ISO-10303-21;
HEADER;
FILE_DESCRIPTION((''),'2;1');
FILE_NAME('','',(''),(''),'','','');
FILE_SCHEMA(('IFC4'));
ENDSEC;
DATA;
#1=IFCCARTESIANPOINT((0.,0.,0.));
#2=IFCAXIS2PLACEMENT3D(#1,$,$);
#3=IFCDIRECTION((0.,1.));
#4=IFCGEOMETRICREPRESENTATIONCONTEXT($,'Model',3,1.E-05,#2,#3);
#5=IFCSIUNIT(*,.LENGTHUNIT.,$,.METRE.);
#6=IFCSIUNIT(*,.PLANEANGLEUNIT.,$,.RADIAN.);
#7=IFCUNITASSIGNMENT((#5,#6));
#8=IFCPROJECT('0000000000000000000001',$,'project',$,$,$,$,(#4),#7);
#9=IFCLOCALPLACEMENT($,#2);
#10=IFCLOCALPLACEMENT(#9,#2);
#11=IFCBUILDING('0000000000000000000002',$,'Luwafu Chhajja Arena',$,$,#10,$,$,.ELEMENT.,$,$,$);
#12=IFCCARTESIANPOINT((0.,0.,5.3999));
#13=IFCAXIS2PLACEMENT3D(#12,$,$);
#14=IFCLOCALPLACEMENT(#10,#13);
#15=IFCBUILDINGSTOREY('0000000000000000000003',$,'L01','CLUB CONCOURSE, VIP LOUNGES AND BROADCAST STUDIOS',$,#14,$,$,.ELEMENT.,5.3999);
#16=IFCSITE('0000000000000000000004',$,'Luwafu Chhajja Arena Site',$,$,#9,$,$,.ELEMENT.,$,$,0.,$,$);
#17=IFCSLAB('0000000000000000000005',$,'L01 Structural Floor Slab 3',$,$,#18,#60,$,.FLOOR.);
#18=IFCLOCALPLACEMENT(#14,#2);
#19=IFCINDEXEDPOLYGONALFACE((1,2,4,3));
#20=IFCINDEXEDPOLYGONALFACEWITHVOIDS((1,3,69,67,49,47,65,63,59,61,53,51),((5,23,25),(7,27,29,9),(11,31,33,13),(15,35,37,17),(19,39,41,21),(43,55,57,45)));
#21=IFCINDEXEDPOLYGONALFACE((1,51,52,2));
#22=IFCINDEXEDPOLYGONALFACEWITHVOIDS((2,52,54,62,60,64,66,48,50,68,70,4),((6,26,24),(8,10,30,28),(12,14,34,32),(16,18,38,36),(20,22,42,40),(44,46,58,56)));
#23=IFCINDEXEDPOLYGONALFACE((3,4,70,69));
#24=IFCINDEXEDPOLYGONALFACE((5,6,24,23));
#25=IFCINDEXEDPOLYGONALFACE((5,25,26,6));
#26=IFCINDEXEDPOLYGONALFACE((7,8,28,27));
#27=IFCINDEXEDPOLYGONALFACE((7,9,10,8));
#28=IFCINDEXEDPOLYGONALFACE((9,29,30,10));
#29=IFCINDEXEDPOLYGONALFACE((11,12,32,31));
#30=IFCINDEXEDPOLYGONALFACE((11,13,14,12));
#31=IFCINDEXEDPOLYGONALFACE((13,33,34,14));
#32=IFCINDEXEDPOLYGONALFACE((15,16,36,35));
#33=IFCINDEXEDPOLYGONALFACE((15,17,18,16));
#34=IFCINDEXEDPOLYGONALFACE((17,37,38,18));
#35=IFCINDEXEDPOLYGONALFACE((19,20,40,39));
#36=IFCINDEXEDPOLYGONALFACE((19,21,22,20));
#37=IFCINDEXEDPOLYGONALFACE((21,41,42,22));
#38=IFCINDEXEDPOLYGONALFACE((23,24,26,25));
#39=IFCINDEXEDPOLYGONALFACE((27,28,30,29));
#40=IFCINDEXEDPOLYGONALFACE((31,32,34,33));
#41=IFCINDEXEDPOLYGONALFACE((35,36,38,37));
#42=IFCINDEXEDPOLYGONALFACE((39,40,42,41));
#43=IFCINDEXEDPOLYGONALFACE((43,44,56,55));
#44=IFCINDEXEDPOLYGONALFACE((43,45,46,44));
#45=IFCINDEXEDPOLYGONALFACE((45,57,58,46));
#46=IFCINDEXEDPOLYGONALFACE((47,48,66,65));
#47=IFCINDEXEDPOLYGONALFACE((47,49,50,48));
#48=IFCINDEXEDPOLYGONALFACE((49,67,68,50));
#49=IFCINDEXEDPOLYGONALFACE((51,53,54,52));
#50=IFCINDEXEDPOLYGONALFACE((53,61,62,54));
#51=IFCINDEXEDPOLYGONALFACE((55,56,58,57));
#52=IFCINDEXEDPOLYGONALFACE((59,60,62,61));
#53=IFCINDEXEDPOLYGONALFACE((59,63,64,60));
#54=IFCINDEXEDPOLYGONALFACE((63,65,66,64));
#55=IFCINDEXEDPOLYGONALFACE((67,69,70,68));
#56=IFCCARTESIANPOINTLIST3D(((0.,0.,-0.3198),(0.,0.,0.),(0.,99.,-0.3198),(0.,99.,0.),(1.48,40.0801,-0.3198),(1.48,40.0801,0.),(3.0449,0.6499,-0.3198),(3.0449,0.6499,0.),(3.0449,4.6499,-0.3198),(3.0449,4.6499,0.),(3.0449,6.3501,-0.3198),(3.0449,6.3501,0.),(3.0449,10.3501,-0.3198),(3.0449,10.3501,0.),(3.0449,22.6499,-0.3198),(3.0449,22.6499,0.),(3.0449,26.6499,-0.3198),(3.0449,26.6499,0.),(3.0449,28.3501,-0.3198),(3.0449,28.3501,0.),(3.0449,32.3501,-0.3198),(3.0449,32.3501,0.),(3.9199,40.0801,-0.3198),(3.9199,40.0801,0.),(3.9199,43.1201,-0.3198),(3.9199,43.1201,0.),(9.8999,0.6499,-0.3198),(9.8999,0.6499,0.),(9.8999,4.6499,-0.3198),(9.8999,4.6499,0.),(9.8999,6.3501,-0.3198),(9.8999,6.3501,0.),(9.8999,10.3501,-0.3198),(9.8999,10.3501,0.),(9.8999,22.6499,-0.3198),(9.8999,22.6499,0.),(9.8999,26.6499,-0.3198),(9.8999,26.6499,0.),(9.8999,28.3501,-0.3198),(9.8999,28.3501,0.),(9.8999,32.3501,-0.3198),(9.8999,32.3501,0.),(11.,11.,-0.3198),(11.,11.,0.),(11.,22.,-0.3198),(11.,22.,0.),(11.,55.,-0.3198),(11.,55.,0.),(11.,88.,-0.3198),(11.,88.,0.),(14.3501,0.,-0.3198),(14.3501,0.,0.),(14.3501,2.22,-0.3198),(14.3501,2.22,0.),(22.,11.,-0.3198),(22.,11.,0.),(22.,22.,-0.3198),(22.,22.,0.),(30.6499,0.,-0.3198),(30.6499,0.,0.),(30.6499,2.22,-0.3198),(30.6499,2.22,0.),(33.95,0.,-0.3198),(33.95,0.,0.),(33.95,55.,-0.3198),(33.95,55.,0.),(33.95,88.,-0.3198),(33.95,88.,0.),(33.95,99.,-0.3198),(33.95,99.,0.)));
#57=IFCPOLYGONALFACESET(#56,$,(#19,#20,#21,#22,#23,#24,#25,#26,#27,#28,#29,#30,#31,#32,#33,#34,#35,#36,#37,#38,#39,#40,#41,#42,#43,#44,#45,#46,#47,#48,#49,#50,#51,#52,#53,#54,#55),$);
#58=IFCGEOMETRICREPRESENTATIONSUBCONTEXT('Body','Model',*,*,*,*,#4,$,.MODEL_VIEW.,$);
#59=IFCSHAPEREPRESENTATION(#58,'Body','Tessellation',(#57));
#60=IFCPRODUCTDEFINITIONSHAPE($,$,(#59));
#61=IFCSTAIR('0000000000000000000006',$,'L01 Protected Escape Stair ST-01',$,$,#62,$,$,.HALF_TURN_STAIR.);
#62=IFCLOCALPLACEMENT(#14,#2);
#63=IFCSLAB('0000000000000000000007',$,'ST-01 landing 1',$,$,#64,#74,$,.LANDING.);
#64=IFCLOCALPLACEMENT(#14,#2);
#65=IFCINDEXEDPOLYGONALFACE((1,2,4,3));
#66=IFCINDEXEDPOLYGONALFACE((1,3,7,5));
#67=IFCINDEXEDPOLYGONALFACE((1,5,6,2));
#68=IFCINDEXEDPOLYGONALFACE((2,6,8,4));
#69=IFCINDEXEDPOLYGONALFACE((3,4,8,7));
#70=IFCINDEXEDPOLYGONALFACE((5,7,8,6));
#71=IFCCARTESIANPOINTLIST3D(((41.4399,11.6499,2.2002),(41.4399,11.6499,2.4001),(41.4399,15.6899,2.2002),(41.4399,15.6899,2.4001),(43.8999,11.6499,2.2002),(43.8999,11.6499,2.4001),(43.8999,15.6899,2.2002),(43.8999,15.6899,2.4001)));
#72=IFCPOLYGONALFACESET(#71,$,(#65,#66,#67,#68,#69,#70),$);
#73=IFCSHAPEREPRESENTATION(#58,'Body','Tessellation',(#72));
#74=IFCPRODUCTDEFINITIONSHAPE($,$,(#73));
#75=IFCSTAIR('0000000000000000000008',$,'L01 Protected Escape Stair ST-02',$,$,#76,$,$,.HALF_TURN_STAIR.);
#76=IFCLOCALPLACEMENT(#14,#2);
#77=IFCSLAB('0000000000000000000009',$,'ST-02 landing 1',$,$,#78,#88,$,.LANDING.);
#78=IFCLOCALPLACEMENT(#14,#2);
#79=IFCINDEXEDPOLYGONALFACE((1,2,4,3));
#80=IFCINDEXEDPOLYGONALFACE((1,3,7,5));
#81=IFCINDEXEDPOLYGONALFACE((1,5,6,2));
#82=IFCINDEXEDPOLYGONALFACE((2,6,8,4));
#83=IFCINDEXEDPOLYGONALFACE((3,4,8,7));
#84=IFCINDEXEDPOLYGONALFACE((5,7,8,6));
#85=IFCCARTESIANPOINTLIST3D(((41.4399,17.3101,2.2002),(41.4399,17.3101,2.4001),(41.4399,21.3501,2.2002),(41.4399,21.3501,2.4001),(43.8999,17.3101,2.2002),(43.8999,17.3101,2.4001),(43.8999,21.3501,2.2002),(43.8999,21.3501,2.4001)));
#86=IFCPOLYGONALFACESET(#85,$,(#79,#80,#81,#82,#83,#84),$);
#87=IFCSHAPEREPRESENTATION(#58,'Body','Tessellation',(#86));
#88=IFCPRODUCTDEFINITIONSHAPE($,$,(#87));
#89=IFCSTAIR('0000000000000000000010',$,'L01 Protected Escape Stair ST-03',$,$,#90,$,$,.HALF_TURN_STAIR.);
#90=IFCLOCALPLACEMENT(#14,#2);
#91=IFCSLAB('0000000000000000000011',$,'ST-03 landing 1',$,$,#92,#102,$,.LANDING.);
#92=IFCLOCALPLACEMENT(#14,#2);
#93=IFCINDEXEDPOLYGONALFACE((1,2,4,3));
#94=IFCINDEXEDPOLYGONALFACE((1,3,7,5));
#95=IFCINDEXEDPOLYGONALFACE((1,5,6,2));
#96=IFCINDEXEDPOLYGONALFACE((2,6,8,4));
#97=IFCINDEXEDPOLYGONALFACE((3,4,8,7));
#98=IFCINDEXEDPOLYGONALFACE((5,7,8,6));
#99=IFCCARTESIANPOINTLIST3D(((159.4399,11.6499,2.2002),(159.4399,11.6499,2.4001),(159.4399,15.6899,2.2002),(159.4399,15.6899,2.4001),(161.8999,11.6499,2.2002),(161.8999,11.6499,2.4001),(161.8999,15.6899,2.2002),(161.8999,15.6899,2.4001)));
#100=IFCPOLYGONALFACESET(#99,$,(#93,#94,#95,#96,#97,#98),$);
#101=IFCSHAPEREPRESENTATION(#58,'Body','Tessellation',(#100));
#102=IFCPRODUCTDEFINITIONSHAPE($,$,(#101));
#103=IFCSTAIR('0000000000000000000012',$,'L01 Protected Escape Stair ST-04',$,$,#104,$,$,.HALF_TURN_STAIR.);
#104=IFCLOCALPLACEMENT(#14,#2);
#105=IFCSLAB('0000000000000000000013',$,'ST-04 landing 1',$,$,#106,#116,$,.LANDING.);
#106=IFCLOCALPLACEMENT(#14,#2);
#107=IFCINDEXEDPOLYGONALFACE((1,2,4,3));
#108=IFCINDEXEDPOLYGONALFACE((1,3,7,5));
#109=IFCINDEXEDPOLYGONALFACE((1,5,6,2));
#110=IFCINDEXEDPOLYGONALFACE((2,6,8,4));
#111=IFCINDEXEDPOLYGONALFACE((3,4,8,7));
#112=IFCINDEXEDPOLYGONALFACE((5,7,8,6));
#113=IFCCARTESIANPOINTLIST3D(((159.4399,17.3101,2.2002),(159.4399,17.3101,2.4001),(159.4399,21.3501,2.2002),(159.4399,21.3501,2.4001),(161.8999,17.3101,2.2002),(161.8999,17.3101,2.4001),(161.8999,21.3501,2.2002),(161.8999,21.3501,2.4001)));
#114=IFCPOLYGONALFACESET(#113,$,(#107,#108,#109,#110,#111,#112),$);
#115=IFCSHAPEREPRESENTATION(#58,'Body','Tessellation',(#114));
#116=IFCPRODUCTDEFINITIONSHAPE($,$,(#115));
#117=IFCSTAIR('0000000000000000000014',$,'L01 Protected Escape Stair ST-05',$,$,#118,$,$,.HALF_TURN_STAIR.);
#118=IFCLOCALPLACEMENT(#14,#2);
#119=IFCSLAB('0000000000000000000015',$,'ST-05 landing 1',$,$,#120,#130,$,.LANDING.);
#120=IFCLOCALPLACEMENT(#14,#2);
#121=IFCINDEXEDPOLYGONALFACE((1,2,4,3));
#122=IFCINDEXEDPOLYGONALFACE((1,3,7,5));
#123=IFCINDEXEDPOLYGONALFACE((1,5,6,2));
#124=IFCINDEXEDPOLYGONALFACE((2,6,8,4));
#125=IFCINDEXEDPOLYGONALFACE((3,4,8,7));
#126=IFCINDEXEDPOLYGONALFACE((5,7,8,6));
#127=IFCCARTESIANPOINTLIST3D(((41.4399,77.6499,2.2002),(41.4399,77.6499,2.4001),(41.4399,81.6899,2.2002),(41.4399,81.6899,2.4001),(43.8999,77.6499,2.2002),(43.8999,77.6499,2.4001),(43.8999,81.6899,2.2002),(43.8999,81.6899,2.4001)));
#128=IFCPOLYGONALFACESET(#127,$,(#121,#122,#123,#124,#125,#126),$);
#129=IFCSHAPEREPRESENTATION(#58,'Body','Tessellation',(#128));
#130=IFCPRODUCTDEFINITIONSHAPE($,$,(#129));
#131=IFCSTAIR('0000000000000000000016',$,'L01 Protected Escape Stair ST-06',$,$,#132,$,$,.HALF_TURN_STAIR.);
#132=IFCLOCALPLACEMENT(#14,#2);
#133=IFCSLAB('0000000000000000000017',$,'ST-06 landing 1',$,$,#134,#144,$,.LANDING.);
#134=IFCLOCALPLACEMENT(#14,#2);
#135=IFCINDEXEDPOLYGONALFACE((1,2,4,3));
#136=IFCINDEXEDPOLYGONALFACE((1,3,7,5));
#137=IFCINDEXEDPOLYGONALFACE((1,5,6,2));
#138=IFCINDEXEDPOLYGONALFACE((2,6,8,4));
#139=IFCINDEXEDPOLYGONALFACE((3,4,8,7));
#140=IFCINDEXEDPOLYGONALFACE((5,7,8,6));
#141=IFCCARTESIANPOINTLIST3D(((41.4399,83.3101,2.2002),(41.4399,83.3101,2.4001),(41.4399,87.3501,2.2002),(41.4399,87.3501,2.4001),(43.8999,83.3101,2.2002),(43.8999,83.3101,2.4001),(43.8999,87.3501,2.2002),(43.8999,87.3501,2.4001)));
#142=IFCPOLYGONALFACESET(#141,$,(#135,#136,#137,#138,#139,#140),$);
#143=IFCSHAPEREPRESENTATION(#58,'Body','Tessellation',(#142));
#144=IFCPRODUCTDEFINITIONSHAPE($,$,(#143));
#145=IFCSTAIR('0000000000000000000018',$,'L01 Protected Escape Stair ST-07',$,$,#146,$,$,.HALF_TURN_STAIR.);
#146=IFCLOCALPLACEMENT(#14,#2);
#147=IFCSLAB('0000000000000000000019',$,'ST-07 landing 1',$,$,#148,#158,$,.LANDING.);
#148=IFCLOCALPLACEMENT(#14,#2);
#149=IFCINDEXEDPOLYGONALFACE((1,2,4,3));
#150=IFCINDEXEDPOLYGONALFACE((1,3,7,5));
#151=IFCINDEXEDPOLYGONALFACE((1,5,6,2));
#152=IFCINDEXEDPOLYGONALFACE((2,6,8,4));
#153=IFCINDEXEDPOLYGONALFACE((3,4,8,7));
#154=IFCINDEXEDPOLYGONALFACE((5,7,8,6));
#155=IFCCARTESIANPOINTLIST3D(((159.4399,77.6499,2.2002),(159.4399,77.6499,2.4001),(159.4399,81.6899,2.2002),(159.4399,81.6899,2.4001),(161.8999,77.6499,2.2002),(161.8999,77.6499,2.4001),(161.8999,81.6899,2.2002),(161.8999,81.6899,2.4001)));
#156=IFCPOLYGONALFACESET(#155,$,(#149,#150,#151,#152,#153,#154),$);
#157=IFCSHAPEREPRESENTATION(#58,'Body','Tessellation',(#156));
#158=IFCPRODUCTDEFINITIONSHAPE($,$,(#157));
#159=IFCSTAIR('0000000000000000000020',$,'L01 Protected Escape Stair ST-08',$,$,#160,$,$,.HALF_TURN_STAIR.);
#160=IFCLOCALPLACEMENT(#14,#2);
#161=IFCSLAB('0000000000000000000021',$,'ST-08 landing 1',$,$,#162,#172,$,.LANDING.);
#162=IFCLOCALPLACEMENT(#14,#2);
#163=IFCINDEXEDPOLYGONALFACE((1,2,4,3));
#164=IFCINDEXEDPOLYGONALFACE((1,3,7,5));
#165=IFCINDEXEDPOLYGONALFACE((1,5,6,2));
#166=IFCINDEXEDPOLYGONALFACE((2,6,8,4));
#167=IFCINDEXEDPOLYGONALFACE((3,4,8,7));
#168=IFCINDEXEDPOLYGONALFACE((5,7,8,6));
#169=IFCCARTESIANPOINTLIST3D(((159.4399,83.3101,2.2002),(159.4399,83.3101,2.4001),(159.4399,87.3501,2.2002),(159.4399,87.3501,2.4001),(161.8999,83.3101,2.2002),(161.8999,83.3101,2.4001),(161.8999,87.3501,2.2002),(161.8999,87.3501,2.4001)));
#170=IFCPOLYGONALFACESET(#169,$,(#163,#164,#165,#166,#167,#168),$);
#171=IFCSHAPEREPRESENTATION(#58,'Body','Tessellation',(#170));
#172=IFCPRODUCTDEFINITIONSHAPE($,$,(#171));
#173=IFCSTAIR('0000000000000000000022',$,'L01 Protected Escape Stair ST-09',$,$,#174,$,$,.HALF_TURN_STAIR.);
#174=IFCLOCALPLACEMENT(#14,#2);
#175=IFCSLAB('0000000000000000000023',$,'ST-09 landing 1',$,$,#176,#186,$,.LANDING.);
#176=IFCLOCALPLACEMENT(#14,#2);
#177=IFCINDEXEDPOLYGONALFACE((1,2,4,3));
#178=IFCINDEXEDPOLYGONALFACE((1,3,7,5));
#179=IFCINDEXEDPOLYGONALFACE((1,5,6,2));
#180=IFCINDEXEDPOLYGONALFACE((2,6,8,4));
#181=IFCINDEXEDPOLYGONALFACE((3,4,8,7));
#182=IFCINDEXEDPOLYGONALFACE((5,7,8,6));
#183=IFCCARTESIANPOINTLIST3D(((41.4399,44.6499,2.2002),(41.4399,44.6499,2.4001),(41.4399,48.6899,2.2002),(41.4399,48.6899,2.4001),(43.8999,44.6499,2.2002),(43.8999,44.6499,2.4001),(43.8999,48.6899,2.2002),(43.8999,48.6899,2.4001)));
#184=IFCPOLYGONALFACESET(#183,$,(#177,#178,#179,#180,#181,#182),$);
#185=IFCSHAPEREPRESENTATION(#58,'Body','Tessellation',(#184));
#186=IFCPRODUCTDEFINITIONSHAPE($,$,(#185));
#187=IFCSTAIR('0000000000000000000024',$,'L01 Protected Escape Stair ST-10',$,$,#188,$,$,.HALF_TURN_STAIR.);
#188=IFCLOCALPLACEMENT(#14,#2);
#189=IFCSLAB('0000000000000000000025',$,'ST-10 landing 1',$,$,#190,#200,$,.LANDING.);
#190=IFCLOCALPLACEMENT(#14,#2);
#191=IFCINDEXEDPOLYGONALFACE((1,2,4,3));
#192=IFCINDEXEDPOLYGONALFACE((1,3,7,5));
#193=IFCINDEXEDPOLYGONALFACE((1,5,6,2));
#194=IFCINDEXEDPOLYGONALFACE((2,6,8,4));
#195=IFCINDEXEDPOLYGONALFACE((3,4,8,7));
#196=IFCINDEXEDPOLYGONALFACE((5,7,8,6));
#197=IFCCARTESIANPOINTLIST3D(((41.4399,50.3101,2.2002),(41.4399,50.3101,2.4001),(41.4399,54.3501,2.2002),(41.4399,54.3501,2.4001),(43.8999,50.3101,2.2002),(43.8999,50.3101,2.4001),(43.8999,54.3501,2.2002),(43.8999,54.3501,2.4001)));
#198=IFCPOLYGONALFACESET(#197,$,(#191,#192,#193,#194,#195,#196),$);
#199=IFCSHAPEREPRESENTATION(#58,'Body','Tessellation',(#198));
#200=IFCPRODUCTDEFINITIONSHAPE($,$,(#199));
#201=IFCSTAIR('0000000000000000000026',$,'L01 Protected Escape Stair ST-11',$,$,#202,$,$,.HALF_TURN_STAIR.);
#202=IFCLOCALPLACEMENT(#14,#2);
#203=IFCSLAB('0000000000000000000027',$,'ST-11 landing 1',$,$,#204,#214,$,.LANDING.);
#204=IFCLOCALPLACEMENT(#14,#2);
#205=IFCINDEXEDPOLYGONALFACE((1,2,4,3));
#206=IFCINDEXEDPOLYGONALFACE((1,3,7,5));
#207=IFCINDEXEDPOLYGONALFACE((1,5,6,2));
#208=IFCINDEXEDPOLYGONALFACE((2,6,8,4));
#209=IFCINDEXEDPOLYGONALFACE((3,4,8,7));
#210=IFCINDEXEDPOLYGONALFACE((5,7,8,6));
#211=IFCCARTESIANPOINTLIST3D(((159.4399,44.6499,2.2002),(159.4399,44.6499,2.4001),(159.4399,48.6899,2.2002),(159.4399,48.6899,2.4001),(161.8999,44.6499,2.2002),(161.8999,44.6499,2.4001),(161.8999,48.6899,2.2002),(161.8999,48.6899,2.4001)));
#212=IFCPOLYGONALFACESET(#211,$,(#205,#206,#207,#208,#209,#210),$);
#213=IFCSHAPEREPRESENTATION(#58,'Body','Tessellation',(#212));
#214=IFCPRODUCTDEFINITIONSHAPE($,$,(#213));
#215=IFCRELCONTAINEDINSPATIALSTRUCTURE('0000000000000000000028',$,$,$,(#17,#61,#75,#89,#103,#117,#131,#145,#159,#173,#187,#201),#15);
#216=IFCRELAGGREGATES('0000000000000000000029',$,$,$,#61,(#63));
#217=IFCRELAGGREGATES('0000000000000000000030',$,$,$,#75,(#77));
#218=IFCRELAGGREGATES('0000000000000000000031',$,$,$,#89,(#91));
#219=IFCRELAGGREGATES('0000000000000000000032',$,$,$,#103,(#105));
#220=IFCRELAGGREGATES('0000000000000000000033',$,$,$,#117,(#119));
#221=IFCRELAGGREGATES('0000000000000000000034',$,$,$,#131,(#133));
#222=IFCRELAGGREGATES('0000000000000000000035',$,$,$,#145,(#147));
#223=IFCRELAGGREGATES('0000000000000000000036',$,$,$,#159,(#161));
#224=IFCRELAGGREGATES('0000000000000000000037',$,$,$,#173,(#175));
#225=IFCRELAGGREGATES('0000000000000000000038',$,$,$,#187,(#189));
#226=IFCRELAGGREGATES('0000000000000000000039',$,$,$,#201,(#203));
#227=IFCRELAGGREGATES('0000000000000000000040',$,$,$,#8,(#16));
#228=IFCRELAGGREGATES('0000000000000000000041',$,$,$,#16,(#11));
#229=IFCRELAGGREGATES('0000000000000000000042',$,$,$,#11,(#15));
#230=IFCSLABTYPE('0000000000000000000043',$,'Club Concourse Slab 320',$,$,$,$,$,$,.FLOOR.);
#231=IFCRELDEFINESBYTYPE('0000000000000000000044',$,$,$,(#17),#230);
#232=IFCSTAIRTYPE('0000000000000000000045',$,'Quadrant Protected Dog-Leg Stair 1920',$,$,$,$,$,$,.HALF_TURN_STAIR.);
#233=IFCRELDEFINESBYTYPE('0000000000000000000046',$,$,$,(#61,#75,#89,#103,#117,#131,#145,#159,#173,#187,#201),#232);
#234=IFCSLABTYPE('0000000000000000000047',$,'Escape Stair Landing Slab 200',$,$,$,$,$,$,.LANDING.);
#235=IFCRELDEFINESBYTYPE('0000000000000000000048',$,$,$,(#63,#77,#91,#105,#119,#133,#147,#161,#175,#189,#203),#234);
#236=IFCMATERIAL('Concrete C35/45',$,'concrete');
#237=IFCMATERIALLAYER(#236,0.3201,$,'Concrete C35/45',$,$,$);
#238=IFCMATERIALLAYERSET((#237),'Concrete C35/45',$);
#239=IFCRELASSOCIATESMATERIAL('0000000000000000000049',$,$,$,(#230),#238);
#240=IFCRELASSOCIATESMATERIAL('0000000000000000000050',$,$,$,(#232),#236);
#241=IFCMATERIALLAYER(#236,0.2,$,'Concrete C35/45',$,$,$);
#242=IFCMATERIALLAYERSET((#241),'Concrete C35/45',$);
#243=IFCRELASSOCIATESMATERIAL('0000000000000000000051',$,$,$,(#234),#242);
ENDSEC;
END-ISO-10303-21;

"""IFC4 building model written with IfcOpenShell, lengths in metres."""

from ifc_helpers import new_model, si_unit, direction, frame, origin, place, context, subcontext, project, spatial, polyline, outline, extrude, material, layer, layer_set, type_object, element, aggregate, save


model = new_model("IFC4")

# Units and contexts
model_context = context("Model", 3, precision=1e-05, world=origin(), true_north=direction((0.0, 1.0)))
body_context = subcontext(model_context, "Body", "Model", "MODEL_VIEW")
ifc_project = project(units=[si_unit("LENGTHUNIT", "METRE"), si_unit("PLANEANGLEUNIT", "RADIAN")], contexts=[model_context])

# Site, building, storey
site_placement = place(None, origin())
site = spatial("IfcSite", under=ifc_project, at=site_placement, Name="Luwafu Chhajja Arena Site", CompositionType="ELEMENT", RefElevation=0.0)
building_placement = place(site_placement, origin())
building = spatial("IfcBuilding", under=site, at=building_placement, Name="Luwafu Chhajja Arena", CompositionType="ELEMENT")
storey_placement = place(building_placement, frame((0.0, 0.0, 5.3999)))
storey = spatial("IfcBuildingStorey", under=building, at=storey_placement, Name="L01", Description="CLUB CONCOURSE, VIP LOUNGES AND BROADCAST STUDIOS", CompositionType="ELEMENT", Elevation=5.3999)

# Slab
ifc_material_1 = material(Name="Concrete C35/45", Category="concrete")
ifc_layer_1 = layer(ifc_material_1, 0.3201, Name="Concrete C35/45")
ifc_layer_set_1 = layer_set([ifc_layer_1], Name="Concrete C35/45")
slab_type_1 = type_object("IfcSlabType", Name="Club Concourse Slab 320", PredefinedType="FLOOR", material=ifc_layer_set_1)
slab_1_placement = place(storey_placement, frame((0.0, 0.0, -0.3198)))
element("IfcSlab", 1, at=slab_1_placement, inside=storey, type_object=slab_type_1, Name="L01 Structural Floor Slab 3", PredefinedType="FLOOR", context=body_context, shape_type="SweptSolid", body=[
    extrude(outline(polyline([(30.6499, 0.0), (30.6499, 2.22), (14.3501, 2.22), (14.3501, 0.0), (0.0, 0.0), (0.0, 99.0), (33.95, 99.0), (33.95, 88.0), (11.0, 88.0), (11.0, 55.0), (33.95, 55.0), (33.95, 0.0), (30.6499, 0.0)]), holes=[polyline([(22.0, 22.0), (11.0, 22.0), (11.0, 11.0), (22.0, 11.0), (22.0, 22.0)]), polyline([(9.8999, 0.6499), (9.8999, 4.6499), (3.0449, 4.6499), (3.0449, 0.6499), (9.8999, 0.6499)]), polyline([(3.0449, 28.3501), (9.8999, 28.3501), (9.8999, 32.3501), (3.0449, 32.3501), (3.0449, 28.3501)]), polyline([(9.8999, 22.6499), (9.8999, 26.6499), (3.0449, 26.6499), (3.0449, 22.6499), (9.8999, 22.6499)]), polyline([(3.0449, 6.3501), (9.8999, 6.3501), (9.8999, 10.3501), (3.0449, 10.3501), (3.0449, 6.3501)]), polyline([(1.48, 40.0801), (3.9199, 40.0801), (3.9199, 43.1201), (1.48, 40.0801)])]), origin(), (0.0, 0.0, 1.0), 0.3198),
])

# Stairs, slabs
stair_type_1 = type_object("IfcStairType", Name="Quadrant Protected Dog-Leg Stair 1920", PredefinedType="HALF_TURN_STAIR", material=ifc_material_1)
stair_1_placement = place(storey_placement, origin())
stair_1 = element("IfcStair", 2, at=stair_1_placement, inside=storey, type_object=stair_type_1, Name="L01 Protected Escape Stair ST-01", PredefinedType="HALF_TURN_STAIR")
ifc_layer_2 = layer(ifc_material_1, 0.2, Name="Concrete C35/45")
ifc_layer_set_2 = layer_set([ifc_layer_2], Name="Concrete C35/45")
slab_type_2 = type_object("IfcSlabType", Name="Escape Stair Landing Slab 200", PredefinedType="LANDING", material=ifc_layer_set_2)
slab_2_placement = place(storey_placement, frame((0.0, 0.0, 2.2002)))
slab_2 = element("IfcSlab", 3, at=slab_2_placement, type_object=slab_type_2, Name="ST-01 landing 1", PredefinedType="LANDING", context=body_context, shape_type="SweptSolid", body=[
    extrude(outline(polyline([(41.4399, 11.6499), (43.8999, 11.6499), (43.8999, 15.6899), (41.4399, 15.6899), (41.4399, 11.6499)])), origin(), (0.0, 0.0, 1.0), 0.2),
])
aggregate(stair_1, [slab_2])
stair_2_placement = place(storey_placement, origin())
stair_2 = element("IfcStair", 4, at=stair_2_placement, inside=storey, type_object=stair_type_1, Name="L01 Protected Escape Stair ST-02", PredefinedType="HALF_TURN_STAIR")
slab_3_placement = place(storey_placement, frame((0.0, 0.0, 2.2002)))
slab_3 = element("IfcSlab", 5, at=slab_3_placement, type_object=slab_type_2, Name="ST-02 landing 1", PredefinedType="LANDING", context=body_context, shape_type="SweptSolid", body=[
    extrude(outline(polyline([(41.4399, 17.3101), (43.8999, 17.3101), (43.8999, 21.3501), (41.4399, 21.3501), (41.4399, 17.3101)])), origin(), (0.0, 0.0, 1.0), 0.2),
])
aggregate(stair_2, [slab_3])
stair_3_placement = place(storey_placement, origin())
stair_3 = element("IfcStair", 6, at=stair_3_placement, inside=storey, type_object=stair_type_1, Name="L01 Protected Escape Stair ST-03", PredefinedType="HALF_TURN_STAIR")
slab_4_placement = place(storey_placement, frame((0.0, 0.0, 2.2002)))
slab_4 = element("IfcSlab", 7, at=slab_4_placement, type_object=slab_type_2, Name="ST-03 landing 1", PredefinedType="LANDING", context=body_context, shape_type="SweptSolid", body=[
    extrude(outline(polyline([(159.4399, 11.6499), (161.8999, 11.6499), (161.8999, 15.6899), (159.4399, 15.6899), (159.4399, 11.6499)])), origin(), (0.0, 0.0, 1.0), 0.2),
])
aggregate(stair_3, [slab_4])
stair_4_placement = place(storey_placement, origin())
stair_4 = element("IfcStair", 8, at=stair_4_placement, inside=storey, type_object=stair_type_1, Name="L01 Protected Escape Stair ST-04", PredefinedType="HALF_TURN_STAIR")
slab_5_placement = place(storey_placement, frame((0.0, 0.0, 2.2002)))
slab_5 = element("IfcSlab", 9, at=slab_5_placement, type_object=slab_type_2, Name="ST-04 landing 1", PredefinedType="LANDING", context=body_context, shape_type="SweptSolid", body=[
    extrude(outline(polyline([(159.4399, 17.3101), (161.8999, 17.3101), (161.8999, 21.3501), (159.4399, 21.3501), (159.4399, 17.3101)])), origin(), (0.0, 0.0, 1.0), 0.2),
])
aggregate(stair_4, [slab_5])
stair_5_placement = place(storey_placement, origin())
stair_5 = element("IfcStair", 10, at=stair_5_placement, inside=storey, type_object=stair_type_1, Name="L01 Protected Escape Stair ST-05", PredefinedType="HALF_TURN_STAIR")
slab_6_placement = place(storey_placement, frame((0.0, 0.0, 2.2002)))
slab_6 = element("IfcSlab", 11, at=slab_6_placement, type_object=slab_type_2, Name="ST-05 landing 1", PredefinedType="LANDING", context=body_context, shape_type="SweptSolid", body=[
    extrude(outline(polyline([(41.4399, 77.6499), (43.8999, 77.6499), (43.8999, 81.6899), (41.4399, 81.6899), (41.4399, 77.6499)])), origin(), (0.0, 0.0, 1.0), 0.2),
])
aggregate(stair_5, [slab_6])
stair_6_placement = place(storey_placement, origin())
stair_6 = element("IfcStair", 12, at=stair_6_placement, inside=storey, type_object=stair_type_1, Name="L01 Protected Escape Stair ST-06", PredefinedType="HALF_TURN_STAIR")
slab_7_placement = place(storey_placement, frame((0.0, 0.0, 2.2002)))
slab_7 = element("IfcSlab", 13, at=slab_7_placement, type_object=slab_type_2, Name="ST-06 landing 1", PredefinedType="LANDING", context=body_context, shape_type="SweptSolid", body=[
    extrude(outline(polyline([(41.4399, 83.3101), (43.8999, 83.3101), (43.8999, 87.3501), (41.4399, 87.3501), (41.4399, 83.3101)])), origin(), (0.0, 0.0, 1.0), 0.2),
])
aggregate(stair_6, [slab_7])
stair_7_placement = place(storey_placement, origin())
stair_7 = element("IfcStair", 14, at=stair_7_placement, inside=storey, type_object=stair_type_1, Name="L01 Protected Escape Stair ST-07", PredefinedType="HALF_TURN_STAIR")
slab_8_placement = place(storey_placement, frame((0.0, 0.0, 2.2002)))
slab_8 = element("IfcSlab", 15, at=slab_8_placement, type_object=slab_type_2, Name="ST-07 landing 1", PredefinedType="LANDING", context=body_context, shape_type="SweptSolid", body=[
    extrude(outline(polyline([(159.4399, 77.6499), (161.8999, 77.6499), (161.8999, 81.6899), (159.4399, 81.6899), (159.4399, 77.6499)])), origin(), (0.0, 0.0, 1.0), 0.2),
])
aggregate(stair_7, [slab_8])
stair_8_placement = place(storey_placement, origin())
stair_8 = element("IfcStair", 16, at=stair_8_placement, inside=storey, type_object=stair_type_1, Name="L01 Protected Escape Stair ST-08", PredefinedType="HALF_TURN_STAIR")
slab_9_placement = place(storey_placement, frame((0.0, 0.0, 2.2002)))
slab_9 = element("IfcSlab", 17, at=slab_9_placement, type_object=slab_type_2, Name="ST-08 landing 1", PredefinedType="LANDING", context=body_context, shape_type="SweptSolid", body=[
    extrude(outline(polyline([(159.4399, 83.3101), (161.8999, 83.3101), (161.8999, 87.3501), (159.4399, 87.3501), (159.4399, 83.3101)])), origin(), (0.0, 0.0, 1.0), 0.2),
])
aggregate(stair_8, [slab_9])
stair_9_placement = place(storey_placement, origin())
stair_9 = element("IfcStair", 18, at=stair_9_placement, inside=storey, type_object=stair_type_1, Name="L01 Protected Escape Stair ST-09", PredefinedType="HALF_TURN_STAIR")
slab_10_placement = place(storey_placement, frame((0.0, 0.0, 2.2002)))
slab_10 = element("IfcSlab", 19, at=slab_10_placement, type_object=slab_type_2, Name="ST-09 landing 1", PredefinedType="LANDING", context=body_context, shape_type="SweptSolid", body=[
    extrude(outline(polyline([(41.4399, 44.6499), (43.8999, 44.6499), (43.8999, 48.6899), (41.4399, 48.6899), (41.4399, 44.6499)])), origin(), (0.0, 0.0, 1.0), 0.2),
])
aggregate(stair_9, [slab_10])
stair_10_placement = place(storey_placement, origin())
stair_10 = element("IfcStair", 20, at=stair_10_placement, inside=storey, type_object=stair_type_1, Name="L01 Protected Escape Stair ST-10", PredefinedType="HALF_TURN_STAIR")
slab_11_placement = place(storey_placement, frame((0.0, 0.0, 2.2002)))
slab_11 = element("IfcSlab", 21, at=slab_11_placement, type_object=slab_type_2, Name="ST-10 landing 1", PredefinedType="LANDING", context=body_context, shape_type="SweptSolid", body=[
    extrude(outline(polyline([(41.4399, 50.3101), (43.8999, 50.3101), (43.8999, 54.3501), (41.4399, 54.3501), (41.4399, 50.3101)])), origin(), (0.0, 0.0, 1.0), 0.2),
])
aggregate(stair_10, [slab_11])
stair_11_placement = place(storey_placement, origin())
stair_11 = element("IfcStair", 22, at=stair_11_placement, inside=storey, type_object=stair_type_1, Name="L01 Protected Escape Stair ST-11", PredefinedType="HALF_TURN_STAIR")
slab_12_placement = place(storey_placement, frame((0.0, 0.0, 2.2002)))
slab_12 = element("IfcSlab", 23, at=slab_12_placement, type_object=slab_type_2, Name="ST-11 landing 1", PredefinedType="LANDING", context=body_context, shape_type="SweptSolid", body=[
    extrude(outline(polyline([(159.4399, 44.6499), (161.8999, 44.6499), (161.8999, 48.6899), (159.4399, 48.6899), (159.4399, 44.6499)])), origin(), (0.0, 0.0, 1.0), 0.2),
])
aggregate(stair_11, [slab_12])

save(model, "model.ifc")
